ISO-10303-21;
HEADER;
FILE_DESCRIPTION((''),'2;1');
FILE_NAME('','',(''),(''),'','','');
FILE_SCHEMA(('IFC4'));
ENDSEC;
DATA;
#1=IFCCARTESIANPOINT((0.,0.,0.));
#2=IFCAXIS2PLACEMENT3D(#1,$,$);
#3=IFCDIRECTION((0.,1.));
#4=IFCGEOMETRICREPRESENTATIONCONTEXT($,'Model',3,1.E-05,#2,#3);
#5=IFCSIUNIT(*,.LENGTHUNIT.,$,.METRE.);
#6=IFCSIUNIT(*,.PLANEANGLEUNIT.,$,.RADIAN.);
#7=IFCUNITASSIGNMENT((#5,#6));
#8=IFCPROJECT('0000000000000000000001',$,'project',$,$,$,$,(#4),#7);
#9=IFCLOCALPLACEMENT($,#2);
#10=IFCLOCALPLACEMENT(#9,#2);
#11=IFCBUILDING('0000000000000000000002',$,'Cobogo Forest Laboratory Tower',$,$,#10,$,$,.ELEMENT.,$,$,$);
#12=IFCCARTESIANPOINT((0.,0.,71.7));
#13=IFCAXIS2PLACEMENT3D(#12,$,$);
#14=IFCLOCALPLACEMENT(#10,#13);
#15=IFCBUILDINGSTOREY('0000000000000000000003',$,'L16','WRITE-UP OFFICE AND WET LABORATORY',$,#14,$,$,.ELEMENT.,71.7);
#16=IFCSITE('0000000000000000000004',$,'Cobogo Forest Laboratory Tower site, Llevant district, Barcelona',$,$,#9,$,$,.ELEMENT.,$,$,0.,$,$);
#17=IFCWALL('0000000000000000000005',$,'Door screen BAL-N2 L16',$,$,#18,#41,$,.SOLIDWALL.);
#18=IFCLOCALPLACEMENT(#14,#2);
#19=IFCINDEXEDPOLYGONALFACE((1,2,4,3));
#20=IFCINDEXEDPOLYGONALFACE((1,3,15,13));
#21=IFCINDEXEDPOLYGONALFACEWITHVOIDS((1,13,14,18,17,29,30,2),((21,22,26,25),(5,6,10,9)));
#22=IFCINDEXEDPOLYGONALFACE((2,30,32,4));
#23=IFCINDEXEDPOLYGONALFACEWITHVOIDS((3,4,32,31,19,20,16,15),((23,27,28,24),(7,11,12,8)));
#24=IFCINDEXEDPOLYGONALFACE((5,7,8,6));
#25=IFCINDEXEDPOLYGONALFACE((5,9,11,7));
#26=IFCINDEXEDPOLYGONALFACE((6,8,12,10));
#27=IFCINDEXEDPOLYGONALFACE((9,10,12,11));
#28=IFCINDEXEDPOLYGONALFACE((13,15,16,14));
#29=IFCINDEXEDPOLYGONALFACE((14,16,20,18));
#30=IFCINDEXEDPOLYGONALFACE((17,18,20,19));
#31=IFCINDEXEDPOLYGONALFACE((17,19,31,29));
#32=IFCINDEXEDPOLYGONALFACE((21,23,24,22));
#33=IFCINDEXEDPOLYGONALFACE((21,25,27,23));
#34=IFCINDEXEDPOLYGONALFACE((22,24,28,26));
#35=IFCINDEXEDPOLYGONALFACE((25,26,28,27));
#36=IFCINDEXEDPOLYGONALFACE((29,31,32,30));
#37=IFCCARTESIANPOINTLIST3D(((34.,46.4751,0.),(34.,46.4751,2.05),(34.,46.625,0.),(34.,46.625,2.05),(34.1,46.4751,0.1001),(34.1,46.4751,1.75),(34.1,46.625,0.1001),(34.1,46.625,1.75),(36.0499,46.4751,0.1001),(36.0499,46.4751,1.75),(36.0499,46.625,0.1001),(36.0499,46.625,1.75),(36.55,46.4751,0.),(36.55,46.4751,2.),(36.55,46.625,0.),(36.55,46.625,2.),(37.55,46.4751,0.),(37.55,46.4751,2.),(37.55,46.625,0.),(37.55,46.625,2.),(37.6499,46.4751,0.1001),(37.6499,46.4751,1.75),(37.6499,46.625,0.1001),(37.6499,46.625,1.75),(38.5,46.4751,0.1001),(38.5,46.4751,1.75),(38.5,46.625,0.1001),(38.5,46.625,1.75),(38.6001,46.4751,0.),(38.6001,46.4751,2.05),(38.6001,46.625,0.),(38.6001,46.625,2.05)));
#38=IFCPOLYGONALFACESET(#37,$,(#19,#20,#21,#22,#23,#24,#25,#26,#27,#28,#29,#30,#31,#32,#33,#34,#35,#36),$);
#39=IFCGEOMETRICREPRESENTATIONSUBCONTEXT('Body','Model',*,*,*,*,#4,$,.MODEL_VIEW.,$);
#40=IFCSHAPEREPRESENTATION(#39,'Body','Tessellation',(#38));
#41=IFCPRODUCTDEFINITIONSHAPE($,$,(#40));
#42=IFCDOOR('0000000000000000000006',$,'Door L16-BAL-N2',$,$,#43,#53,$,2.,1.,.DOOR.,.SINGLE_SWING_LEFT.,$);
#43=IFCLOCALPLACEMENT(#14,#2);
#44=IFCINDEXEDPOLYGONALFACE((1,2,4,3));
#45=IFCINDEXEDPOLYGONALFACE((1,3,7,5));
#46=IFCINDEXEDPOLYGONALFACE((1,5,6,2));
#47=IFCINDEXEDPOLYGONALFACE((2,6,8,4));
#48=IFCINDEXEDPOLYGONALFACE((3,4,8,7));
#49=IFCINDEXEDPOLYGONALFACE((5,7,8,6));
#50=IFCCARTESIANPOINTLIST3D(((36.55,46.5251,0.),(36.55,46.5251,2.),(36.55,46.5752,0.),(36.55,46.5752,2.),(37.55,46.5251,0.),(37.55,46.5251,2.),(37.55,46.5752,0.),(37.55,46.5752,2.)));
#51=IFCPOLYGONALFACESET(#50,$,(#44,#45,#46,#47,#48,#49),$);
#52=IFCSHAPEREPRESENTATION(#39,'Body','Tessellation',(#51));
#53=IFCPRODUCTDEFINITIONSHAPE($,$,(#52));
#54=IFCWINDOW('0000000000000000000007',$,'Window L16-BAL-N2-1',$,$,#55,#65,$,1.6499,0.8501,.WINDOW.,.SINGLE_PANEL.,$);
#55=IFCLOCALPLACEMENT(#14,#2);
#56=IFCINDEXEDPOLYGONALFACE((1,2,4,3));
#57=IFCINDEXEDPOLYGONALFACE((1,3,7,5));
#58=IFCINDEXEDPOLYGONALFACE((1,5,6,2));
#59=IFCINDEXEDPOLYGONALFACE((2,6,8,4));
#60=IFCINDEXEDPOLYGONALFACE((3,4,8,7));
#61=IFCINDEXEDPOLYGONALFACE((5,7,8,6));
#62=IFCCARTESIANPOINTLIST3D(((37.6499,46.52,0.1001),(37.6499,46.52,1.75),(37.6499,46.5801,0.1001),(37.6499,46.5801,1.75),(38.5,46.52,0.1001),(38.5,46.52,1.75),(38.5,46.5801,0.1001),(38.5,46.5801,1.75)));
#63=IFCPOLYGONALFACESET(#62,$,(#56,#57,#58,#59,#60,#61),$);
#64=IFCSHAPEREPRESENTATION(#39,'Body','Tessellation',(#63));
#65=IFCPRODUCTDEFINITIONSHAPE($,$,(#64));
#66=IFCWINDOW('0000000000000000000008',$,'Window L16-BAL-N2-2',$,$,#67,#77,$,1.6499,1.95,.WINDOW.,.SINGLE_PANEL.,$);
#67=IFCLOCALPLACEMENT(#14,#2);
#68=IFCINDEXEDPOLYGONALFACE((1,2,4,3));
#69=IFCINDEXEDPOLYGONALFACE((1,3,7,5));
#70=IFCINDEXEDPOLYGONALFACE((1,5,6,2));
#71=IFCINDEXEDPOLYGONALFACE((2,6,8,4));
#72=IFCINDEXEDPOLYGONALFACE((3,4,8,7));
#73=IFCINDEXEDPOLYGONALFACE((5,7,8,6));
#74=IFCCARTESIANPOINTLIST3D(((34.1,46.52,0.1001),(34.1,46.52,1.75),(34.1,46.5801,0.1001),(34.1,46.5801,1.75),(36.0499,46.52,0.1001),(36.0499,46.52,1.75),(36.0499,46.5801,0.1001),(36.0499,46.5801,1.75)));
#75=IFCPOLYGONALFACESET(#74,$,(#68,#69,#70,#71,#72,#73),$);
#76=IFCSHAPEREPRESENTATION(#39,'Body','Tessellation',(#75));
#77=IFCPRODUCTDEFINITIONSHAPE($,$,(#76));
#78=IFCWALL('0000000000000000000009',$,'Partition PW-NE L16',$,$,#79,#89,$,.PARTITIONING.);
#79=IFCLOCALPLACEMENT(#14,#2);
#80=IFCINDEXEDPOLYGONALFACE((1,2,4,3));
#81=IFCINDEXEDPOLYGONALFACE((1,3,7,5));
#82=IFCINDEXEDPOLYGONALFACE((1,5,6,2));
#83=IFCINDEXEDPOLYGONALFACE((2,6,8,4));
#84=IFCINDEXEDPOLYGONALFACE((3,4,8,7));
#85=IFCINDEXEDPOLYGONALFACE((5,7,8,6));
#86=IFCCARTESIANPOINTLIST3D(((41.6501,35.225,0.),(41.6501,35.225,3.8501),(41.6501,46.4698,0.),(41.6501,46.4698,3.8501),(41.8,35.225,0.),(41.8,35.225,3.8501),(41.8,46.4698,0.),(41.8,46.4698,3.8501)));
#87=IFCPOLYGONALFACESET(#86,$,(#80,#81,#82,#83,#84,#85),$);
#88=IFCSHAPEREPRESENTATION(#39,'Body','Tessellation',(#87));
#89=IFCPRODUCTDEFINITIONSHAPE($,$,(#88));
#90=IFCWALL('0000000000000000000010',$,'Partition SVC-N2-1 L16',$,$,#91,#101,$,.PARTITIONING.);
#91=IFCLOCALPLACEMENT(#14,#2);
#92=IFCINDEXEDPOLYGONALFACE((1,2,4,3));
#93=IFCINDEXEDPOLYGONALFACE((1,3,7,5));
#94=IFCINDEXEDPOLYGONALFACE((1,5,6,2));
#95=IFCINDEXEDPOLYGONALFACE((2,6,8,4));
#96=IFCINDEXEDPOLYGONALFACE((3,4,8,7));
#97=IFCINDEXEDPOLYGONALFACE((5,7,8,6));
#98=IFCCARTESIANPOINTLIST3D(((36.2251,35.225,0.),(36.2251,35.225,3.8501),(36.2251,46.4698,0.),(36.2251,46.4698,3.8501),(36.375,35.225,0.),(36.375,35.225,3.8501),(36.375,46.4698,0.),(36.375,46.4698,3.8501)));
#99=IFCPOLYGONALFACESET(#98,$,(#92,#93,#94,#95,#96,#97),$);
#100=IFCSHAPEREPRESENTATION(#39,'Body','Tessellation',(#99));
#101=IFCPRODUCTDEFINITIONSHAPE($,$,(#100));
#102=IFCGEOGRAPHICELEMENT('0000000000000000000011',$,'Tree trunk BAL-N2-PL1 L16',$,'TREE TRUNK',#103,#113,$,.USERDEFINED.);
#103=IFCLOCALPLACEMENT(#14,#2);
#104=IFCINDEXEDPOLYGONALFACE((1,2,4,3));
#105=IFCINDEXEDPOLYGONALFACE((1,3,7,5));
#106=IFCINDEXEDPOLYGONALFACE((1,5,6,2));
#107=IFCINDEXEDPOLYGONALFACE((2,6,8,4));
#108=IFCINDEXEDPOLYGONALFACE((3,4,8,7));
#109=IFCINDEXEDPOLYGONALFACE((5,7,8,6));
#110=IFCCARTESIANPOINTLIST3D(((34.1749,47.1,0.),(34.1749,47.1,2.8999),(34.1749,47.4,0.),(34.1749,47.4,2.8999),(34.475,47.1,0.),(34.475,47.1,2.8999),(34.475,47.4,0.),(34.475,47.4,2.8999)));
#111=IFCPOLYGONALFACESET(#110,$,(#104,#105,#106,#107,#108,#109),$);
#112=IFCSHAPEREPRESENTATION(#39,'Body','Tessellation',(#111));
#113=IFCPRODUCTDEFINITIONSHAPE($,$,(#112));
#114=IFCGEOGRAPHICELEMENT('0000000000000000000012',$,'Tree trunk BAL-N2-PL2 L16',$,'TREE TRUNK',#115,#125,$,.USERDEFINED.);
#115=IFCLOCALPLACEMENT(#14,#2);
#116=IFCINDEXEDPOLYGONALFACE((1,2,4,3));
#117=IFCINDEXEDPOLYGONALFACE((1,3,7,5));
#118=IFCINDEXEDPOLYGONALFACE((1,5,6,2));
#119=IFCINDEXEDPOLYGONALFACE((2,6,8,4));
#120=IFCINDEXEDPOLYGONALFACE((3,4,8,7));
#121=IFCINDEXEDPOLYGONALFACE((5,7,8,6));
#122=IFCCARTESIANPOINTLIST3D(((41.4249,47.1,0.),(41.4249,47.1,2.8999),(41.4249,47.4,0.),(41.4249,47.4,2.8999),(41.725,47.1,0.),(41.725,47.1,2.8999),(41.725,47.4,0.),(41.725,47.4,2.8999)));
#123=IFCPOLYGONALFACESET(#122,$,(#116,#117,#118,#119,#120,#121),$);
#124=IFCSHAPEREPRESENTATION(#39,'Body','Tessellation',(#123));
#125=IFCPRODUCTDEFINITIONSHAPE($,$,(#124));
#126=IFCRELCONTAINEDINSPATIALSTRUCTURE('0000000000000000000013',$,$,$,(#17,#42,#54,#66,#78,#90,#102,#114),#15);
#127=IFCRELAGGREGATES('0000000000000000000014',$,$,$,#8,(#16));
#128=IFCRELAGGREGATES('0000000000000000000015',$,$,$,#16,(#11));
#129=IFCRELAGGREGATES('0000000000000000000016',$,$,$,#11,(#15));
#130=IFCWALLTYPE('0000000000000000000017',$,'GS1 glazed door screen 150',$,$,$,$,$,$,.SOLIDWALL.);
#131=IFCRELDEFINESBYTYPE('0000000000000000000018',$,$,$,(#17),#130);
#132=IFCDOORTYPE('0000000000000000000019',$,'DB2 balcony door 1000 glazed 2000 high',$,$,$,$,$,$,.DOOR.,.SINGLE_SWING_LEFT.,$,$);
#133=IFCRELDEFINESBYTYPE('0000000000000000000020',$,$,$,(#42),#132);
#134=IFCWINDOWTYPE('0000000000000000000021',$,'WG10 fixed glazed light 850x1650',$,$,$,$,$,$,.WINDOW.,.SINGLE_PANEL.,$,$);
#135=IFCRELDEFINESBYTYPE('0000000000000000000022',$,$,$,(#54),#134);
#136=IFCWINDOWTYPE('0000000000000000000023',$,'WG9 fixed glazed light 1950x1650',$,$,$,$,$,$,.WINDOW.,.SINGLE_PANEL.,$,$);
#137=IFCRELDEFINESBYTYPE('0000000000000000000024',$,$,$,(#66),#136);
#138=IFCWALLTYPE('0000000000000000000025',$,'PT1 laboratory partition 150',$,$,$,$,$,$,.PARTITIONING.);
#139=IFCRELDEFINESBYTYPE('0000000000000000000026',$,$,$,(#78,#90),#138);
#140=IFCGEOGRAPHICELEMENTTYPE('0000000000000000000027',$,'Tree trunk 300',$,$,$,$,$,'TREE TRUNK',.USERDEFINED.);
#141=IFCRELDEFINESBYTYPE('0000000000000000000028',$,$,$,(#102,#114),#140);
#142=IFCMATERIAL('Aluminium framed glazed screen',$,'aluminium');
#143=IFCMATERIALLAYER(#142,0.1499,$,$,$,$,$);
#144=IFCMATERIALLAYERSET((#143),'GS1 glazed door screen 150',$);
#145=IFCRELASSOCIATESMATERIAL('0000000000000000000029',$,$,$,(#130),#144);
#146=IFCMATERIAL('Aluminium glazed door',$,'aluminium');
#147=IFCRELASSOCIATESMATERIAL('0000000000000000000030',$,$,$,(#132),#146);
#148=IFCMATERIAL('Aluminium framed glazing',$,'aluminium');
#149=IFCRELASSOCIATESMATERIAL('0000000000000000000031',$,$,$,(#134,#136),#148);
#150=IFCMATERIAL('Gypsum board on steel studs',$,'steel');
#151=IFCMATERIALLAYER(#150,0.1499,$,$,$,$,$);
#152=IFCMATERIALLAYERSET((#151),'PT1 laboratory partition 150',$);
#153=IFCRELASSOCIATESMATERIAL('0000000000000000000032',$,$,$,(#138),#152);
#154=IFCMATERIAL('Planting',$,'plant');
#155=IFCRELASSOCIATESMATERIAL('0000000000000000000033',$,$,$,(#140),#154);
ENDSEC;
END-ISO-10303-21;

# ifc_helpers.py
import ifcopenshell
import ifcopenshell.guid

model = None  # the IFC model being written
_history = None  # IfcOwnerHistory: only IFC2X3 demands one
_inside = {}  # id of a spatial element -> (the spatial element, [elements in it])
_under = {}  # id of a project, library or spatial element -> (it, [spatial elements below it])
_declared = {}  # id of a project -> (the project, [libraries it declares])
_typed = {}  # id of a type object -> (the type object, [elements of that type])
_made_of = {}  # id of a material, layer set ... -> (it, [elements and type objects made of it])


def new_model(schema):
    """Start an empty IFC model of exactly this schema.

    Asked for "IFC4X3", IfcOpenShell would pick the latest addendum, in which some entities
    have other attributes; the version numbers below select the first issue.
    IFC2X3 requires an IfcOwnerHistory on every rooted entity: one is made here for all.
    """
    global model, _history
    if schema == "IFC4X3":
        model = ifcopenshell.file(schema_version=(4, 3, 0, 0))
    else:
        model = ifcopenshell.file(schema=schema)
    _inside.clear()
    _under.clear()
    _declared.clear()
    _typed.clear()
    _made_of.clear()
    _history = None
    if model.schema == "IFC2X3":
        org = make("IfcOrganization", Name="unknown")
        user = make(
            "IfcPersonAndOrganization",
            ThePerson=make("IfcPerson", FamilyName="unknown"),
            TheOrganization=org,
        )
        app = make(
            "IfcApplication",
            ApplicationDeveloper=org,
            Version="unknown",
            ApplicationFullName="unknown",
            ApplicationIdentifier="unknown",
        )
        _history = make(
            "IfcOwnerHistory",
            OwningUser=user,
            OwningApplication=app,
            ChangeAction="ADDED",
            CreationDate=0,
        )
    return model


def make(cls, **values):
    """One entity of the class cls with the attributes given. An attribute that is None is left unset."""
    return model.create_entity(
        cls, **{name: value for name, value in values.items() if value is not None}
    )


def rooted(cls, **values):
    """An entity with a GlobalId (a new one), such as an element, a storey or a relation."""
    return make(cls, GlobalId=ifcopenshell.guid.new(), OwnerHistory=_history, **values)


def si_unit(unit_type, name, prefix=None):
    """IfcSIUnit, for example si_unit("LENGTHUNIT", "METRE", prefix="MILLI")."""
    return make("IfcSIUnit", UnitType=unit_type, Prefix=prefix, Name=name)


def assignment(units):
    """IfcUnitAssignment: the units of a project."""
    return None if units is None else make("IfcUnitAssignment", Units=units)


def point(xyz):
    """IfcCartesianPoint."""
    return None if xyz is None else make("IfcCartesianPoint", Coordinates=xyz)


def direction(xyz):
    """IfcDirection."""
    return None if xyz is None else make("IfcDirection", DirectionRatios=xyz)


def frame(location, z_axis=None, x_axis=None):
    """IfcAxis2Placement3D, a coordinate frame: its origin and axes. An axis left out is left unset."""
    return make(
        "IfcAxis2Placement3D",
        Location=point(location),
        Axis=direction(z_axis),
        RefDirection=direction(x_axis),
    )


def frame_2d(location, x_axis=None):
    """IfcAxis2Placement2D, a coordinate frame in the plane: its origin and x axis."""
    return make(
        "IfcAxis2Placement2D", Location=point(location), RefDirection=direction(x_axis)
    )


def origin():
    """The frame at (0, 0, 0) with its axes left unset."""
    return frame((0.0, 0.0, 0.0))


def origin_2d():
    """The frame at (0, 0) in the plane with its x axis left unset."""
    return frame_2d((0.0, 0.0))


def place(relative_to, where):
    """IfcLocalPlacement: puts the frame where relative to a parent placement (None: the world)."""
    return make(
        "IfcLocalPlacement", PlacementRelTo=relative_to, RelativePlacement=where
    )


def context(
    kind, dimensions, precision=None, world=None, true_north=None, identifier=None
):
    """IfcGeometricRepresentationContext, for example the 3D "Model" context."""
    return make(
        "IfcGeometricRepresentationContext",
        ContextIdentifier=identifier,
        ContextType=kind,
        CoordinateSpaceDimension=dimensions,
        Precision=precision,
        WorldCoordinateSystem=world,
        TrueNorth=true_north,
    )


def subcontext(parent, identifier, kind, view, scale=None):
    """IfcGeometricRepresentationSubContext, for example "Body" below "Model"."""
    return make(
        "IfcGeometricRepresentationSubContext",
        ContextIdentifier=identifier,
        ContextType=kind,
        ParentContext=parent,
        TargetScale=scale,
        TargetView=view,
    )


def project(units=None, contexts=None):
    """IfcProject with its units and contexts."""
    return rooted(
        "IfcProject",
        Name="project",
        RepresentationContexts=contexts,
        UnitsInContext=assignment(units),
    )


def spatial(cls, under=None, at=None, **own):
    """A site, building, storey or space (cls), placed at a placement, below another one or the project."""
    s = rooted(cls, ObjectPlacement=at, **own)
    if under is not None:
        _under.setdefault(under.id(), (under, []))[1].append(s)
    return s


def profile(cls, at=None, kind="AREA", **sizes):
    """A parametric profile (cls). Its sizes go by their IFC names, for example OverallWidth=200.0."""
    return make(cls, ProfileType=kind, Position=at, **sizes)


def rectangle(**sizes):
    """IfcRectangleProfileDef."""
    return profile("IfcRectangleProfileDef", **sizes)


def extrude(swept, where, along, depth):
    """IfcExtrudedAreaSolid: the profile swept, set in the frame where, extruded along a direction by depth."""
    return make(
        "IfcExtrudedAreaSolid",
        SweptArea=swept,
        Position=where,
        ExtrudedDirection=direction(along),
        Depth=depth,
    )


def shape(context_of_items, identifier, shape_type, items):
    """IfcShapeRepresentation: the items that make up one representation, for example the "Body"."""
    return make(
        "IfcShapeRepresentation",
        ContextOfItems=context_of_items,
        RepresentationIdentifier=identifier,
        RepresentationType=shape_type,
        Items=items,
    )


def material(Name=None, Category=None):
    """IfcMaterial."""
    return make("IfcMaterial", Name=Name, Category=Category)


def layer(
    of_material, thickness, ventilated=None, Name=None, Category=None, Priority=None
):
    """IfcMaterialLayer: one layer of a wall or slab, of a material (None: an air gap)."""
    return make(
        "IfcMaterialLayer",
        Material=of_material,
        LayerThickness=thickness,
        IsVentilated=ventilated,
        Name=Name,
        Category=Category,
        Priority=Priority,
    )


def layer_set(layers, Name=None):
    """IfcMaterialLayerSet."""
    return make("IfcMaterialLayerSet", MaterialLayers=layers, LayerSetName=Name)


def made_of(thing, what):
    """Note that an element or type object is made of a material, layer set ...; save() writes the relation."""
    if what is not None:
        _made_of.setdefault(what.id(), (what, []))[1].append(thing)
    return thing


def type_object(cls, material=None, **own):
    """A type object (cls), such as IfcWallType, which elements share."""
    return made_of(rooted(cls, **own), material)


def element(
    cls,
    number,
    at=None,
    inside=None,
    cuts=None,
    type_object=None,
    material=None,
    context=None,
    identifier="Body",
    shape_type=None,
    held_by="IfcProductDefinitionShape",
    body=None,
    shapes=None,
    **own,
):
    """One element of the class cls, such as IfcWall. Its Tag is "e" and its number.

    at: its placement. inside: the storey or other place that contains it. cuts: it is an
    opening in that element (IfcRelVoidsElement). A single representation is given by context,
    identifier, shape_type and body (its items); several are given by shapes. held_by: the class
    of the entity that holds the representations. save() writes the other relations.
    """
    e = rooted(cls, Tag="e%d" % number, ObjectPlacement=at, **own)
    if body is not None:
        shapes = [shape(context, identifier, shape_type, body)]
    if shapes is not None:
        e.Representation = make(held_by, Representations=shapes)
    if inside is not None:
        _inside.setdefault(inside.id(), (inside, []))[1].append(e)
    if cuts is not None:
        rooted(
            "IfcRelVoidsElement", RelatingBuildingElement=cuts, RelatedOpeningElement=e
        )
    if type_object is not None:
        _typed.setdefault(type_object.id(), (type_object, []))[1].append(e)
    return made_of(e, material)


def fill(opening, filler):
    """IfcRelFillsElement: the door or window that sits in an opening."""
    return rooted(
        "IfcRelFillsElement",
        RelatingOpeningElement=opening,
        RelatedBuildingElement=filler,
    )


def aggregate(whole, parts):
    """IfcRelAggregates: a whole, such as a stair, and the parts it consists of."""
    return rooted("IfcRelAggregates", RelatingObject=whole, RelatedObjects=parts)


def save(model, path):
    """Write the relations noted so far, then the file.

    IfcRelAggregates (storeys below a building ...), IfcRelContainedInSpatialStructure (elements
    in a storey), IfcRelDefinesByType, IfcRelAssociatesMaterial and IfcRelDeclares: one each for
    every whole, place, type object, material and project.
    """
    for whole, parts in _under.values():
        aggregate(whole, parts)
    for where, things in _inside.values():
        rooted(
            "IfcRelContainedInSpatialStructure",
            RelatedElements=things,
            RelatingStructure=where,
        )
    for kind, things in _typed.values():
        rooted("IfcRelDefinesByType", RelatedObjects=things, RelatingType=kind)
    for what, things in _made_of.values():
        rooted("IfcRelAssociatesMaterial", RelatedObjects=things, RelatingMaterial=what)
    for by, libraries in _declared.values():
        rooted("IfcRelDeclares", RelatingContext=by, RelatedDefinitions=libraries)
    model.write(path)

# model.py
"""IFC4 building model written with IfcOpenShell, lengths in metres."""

from ifc_helpers import new_model, si_unit, direction, frame, frame_2d, origin, origin_2d, place, context, subcontext, project, spatial, rectangle, extrude, material, layer, layer_set, type_object, element, fill, save


model = new_model("IFC4")

# Units and contexts
model_context = context("Model", 3, precision=1e-05, world=origin(), true_north=direction((0.0, 1.0)))
body_context = subcontext(model_context, "Body", "Model", "MODEL_VIEW")
ifc_project = project(units=[si_unit("LENGTHUNIT", "METRE"), si_unit("PLANEANGLEUNIT", "RADIAN")], contexts=[model_context])

# Site, building, storey
site_placement = place(None, origin())
site = spatial("IfcSite", under=ifc_project, at=site_placement, Name="Cobogo Forest Laboratory Tower site, Llevant district, Barcelona", CompositionType="ELEMENT", RefElevation=0.0)
building_placement = place(site_placement, origin())
building = spatial("IfcBuilding", under=site, at=building_placement, Name="Cobogo Forest Laboratory Tower", CompositionType="ELEMENT")
storey_placement = place(building_placement, frame((0.0, 0.0, 71.7)))
storey = spatial("IfcBuildingStorey", under=building, at=storey_placement, Name="L16", Description="WRITE-UP OFFICE AND WET LABORATORY", CompositionType="ELEMENT", Elevation=71.7)

# Wall, openings, door, windows
ifc_material_1 = material(Name="Aluminium framed glazed screen", Category="aluminium")
ifc_layer_1 = layer(ifc_material_1, 0.1499)
ifc_layer_set_1 = layer_set([ifc_layer_1], Name="GS1 glazed door screen 150")
wall_type_1 = type_object("IfcWallType", Name="GS1 glazed door screen 150", PredefinedType="SOLIDWALL", material=ifc_layer_set_1)
wall_placement = place(storey_placement, frame((38.6001, 46.55, 0.0), z_axis=(0.0, 0.0, 1.0), x_axis=(-1.0, 0.0, 0.0)))
wall = element("IfcWall", 1, at=wall_placement, inside=storey, type_object=wall_type_1, Name="Door screen BAL-N2 L16", PredefinedType="SOLIDWALL", context=body_context, shape_type="SweptSolid", body=[
    extrude(rectangle(XDim=4.6001, YDim=0.1499, at=frame_2d((2.3, 0.0))), origin(), (0.0, 0.0, 1.0), 2.05),
])
opening_1_placement = place(wall_placement, frame((1.05, 0.0, 0.0)))
opening_1 = element("IfcOpeningElement", 2, at=opening_1_placement, cuts=wall, PredefinedType="OPENING", context=body_context, shape_type="SweptSolid", body=[
    extrude(rectangle(XDim=1.0, YDim=2.0, at=frame_2d((0.5, 1.0))), frame((0.0, 0.085, 0.0), z_axis=(0.0, -1.0, 0.0), x_axis=(1.0, 0.0, 0.0)), (0.0, 0.0, 1.0), 0.1699),
])
opening_2_placement = place(wall_placement, frame((0.1001, 0.0, 0.1001)))
opening_2 = element("IfcOpeningElement", 3, at=opening_2_placement, cuts=wall, PredefinedType="OPENING", context=body_context, shape_type="SweptSolid", body=[
    extrude(rectangle(XDim=0.8501, YDim=1.6499, at=frame_2d((0.425, 0.825))), frame((0.0, 0.085, 0.0), z_axis=(0.0, -1.0, 0.0), x_axis=(1.0, 0.0, 0.0)), (0.0, 0.0, 1.0), 0.1699),
])
opening_3_placement = place(wall_placement, frame((2.55, 0.0, 0.1001)))
opening_3 = element("IfcOpeningElement", 4, at=opening_3_placement, cuts=wall, PredefinedType="OPENING", context=body_context, shape_type="SweptSolid", body=[
    extrude(rectangle(XDim=1.95, YDim=1.6499, at=frame_2d((0.9751, 0.825))), frame((0.0, 0.085, 0.0), z_axis=(0.0, -1.0, 0.0), x_axis=(1.0, 0.0, 0.0)), (0.0, 0.0, 1.0), 0.1699),
])
ifc_material_2 = material(Name="Aluminium glazed door", Category="aluminium")
door_type = type_object("IfcDoorType", Name="DB2 balcony door 1000 glazed 2000 high", OperationType="SINGLE_SWING_LEFT", PredefinedType="DOOR", material=ifc_material_2)
door_placement = place(opening_1_placement, origin())
door = element("IfcDoor", 5, at=door_placement, inside=storey, type_object=door_type, Name="Door L16-BAL-N2", OperationType="SINGLE_SWING_LEFT", OverallHeight=2.0, OverallWidth=1.0, PredefinedType="DOOR", context=body_context, shape_type="SweptSolid", body=[
    extrude(rectangle(XDim=1.0, YDim=2.0, at=frame_2d((0.5, 1.0))), frame((0.0, 0.0249, 0.0), z_axis=(0.0, -1.0, 0.0), x_axis=(1.0, 0.0, 0.0)), (0.0, 0.0, 1.0), 0.05),
])
fill(opening_1, door)
ifc_material_3 = material(Name="Aluminium framed glazing", Category="aluminium")
window_type_1 = type_object("IfcWindowType", Name="WG10 fixed glazed light 850x1650", PartitioningType="SINGLE_PANEL", PredefinedType="WINDOW", material=ifc_material_3)
window_1_placement = place(opening_2_placement, origin())
window_1 = element("IfcWindow", 6, at=window_1_placement, inside=storey, type_object=window_type_1, Name="Window L16-BAL-N2-1", OverallHeight=1.6499, OverallWidth=0.8501, PartitioningType="SINGLE_PANEL", PredefinedType="WINDOW", context=body_context, shape_type="SweptSolid", body=[
    extrude(rectangle(XDim=0.8501, YDim=1.6499, at=frame_2d((0.425, 0.825))), frame((0.0, 0.03, 0.0), z_axis=(0.0, -1.0, 0.0), x_axis=(1.0, 0.0, 0.0)), (0.0, 0.0, 1.0), 0.0601),
])
fill(opening_2, window_1)
window_type_2 = type_object("IfcWindowType", Name="WG9 fixed glazed light 1950x1650", PartitioningType="SINGLE_PANEL", PredefinedType="WINDOW", material=ifc_material_3)
window_2_placement = place(opening_3_placement, origin())
window_2 = element("IfcWindow", 7, at=window_2_placement, inside=storey, type_object=window_type_2, Name="Window L16-BAL-N2-2", OverallHeight=1.6499, OverallWidth=1.95, PartitioningType="SINGLE_PANEL", PredefinedType="WINDOW", context=body_context, shape_type="SweptSolid", body=[
    extrude(rectangle(XDim=1.95, YDim=1.6499, at=frame_2d((0.9751, 0.825))), frame((0.0, 0.03, 0.0), z_axis=(0.0, -1.0, 0.0), x_axis=(1.0, 0.0, 0.0)), (0.0, 0.0, 1.0), 0.0601),
])
fill(opening_3, window_2)

# Walls
ifc_material_4 = material(Name="Gypsum board on steel studs", Category="steel")
ifc_layer_2 = layer(ifc_material_4, 0.1499)
ifc_layer_set_2 = layer_set([ifc_layer_2], Name="PT1 laboratory partition 150")
wall_type_2 = type_object("IfcWallType", Name="PT1 laboratory partition 150", PredefinedType="PARTITIONING", material=ifc_layer_set_2)
for number, where, z_axis, x_axis, name in (
    (8, (41.7251, 46.47, 0.0), (0.0, 0.0, 1.0), (0.0, -1.0, 0.0), "Partition PW-NE L16"),
    (9, (36.3, 46.47, 0.0), (0.0, 0.0, 1.0), (0.0, -1.0, 0.0), "Partition SVC-N2-1 L16"),
):
    element("IfcWall", number, at=place(storey_placement, frame(where, z_axis=z_axis, x_axis=x_axis)), inside=storey, type_object=wall_type_2, Name=name, PredefinedType="PARTITIONING", context=body_context, shape_type="SweptSolid", body=[
        extrude(rectangle(XDim=11.2449, YDim=0.1499, at=frame_2d((5.6226, 0.0))), origin(), (0.0, 0.0, 1.0), 3.8501),
    ])

# Geographic elements
ifc_material_5 = material(Name="Planting", Category="plant")
geographic_element_type = type_object("IfcGeographicElementType", Name="Tree trunk 300", ElementType="TREE TRUNK", PredefinedType="USERDEFINED", material=ifc_material_5)
for number, where, z_axis, x_axis, name in (
    (10, (34.325, 47.25, 0.0), (0.0, 0.0, 1.0), (1.0, 0.0, 0.0), "Tree trunk BAL-N2-PL1 L16"),
    (11, (41.575, 47.25, 0.0), (0.0, 0.0, 1.0), (1.0, 0.0, 0.0), "Tree trunk BAL-N2-PL2 L16"),
):
    element("IfcGeographicElement", number, at=place(storey_placement, frame(where, z_axis=z_axis, x_axis=x_axis)), inside=storey, type_object=geographic_element_type, Name=name, ObjectType="TREE TRUNK", PredefinedType="USERDEFINED", context=body_context, shape_type="SweptSolid", body=[
        extrude(rectangle(XDim=0.3, YDim=0.3, at=origin_2d()), origin(), (0.0, 0.0, 1.0), 2.8999),
    ])

save(model, "model.ifc")
